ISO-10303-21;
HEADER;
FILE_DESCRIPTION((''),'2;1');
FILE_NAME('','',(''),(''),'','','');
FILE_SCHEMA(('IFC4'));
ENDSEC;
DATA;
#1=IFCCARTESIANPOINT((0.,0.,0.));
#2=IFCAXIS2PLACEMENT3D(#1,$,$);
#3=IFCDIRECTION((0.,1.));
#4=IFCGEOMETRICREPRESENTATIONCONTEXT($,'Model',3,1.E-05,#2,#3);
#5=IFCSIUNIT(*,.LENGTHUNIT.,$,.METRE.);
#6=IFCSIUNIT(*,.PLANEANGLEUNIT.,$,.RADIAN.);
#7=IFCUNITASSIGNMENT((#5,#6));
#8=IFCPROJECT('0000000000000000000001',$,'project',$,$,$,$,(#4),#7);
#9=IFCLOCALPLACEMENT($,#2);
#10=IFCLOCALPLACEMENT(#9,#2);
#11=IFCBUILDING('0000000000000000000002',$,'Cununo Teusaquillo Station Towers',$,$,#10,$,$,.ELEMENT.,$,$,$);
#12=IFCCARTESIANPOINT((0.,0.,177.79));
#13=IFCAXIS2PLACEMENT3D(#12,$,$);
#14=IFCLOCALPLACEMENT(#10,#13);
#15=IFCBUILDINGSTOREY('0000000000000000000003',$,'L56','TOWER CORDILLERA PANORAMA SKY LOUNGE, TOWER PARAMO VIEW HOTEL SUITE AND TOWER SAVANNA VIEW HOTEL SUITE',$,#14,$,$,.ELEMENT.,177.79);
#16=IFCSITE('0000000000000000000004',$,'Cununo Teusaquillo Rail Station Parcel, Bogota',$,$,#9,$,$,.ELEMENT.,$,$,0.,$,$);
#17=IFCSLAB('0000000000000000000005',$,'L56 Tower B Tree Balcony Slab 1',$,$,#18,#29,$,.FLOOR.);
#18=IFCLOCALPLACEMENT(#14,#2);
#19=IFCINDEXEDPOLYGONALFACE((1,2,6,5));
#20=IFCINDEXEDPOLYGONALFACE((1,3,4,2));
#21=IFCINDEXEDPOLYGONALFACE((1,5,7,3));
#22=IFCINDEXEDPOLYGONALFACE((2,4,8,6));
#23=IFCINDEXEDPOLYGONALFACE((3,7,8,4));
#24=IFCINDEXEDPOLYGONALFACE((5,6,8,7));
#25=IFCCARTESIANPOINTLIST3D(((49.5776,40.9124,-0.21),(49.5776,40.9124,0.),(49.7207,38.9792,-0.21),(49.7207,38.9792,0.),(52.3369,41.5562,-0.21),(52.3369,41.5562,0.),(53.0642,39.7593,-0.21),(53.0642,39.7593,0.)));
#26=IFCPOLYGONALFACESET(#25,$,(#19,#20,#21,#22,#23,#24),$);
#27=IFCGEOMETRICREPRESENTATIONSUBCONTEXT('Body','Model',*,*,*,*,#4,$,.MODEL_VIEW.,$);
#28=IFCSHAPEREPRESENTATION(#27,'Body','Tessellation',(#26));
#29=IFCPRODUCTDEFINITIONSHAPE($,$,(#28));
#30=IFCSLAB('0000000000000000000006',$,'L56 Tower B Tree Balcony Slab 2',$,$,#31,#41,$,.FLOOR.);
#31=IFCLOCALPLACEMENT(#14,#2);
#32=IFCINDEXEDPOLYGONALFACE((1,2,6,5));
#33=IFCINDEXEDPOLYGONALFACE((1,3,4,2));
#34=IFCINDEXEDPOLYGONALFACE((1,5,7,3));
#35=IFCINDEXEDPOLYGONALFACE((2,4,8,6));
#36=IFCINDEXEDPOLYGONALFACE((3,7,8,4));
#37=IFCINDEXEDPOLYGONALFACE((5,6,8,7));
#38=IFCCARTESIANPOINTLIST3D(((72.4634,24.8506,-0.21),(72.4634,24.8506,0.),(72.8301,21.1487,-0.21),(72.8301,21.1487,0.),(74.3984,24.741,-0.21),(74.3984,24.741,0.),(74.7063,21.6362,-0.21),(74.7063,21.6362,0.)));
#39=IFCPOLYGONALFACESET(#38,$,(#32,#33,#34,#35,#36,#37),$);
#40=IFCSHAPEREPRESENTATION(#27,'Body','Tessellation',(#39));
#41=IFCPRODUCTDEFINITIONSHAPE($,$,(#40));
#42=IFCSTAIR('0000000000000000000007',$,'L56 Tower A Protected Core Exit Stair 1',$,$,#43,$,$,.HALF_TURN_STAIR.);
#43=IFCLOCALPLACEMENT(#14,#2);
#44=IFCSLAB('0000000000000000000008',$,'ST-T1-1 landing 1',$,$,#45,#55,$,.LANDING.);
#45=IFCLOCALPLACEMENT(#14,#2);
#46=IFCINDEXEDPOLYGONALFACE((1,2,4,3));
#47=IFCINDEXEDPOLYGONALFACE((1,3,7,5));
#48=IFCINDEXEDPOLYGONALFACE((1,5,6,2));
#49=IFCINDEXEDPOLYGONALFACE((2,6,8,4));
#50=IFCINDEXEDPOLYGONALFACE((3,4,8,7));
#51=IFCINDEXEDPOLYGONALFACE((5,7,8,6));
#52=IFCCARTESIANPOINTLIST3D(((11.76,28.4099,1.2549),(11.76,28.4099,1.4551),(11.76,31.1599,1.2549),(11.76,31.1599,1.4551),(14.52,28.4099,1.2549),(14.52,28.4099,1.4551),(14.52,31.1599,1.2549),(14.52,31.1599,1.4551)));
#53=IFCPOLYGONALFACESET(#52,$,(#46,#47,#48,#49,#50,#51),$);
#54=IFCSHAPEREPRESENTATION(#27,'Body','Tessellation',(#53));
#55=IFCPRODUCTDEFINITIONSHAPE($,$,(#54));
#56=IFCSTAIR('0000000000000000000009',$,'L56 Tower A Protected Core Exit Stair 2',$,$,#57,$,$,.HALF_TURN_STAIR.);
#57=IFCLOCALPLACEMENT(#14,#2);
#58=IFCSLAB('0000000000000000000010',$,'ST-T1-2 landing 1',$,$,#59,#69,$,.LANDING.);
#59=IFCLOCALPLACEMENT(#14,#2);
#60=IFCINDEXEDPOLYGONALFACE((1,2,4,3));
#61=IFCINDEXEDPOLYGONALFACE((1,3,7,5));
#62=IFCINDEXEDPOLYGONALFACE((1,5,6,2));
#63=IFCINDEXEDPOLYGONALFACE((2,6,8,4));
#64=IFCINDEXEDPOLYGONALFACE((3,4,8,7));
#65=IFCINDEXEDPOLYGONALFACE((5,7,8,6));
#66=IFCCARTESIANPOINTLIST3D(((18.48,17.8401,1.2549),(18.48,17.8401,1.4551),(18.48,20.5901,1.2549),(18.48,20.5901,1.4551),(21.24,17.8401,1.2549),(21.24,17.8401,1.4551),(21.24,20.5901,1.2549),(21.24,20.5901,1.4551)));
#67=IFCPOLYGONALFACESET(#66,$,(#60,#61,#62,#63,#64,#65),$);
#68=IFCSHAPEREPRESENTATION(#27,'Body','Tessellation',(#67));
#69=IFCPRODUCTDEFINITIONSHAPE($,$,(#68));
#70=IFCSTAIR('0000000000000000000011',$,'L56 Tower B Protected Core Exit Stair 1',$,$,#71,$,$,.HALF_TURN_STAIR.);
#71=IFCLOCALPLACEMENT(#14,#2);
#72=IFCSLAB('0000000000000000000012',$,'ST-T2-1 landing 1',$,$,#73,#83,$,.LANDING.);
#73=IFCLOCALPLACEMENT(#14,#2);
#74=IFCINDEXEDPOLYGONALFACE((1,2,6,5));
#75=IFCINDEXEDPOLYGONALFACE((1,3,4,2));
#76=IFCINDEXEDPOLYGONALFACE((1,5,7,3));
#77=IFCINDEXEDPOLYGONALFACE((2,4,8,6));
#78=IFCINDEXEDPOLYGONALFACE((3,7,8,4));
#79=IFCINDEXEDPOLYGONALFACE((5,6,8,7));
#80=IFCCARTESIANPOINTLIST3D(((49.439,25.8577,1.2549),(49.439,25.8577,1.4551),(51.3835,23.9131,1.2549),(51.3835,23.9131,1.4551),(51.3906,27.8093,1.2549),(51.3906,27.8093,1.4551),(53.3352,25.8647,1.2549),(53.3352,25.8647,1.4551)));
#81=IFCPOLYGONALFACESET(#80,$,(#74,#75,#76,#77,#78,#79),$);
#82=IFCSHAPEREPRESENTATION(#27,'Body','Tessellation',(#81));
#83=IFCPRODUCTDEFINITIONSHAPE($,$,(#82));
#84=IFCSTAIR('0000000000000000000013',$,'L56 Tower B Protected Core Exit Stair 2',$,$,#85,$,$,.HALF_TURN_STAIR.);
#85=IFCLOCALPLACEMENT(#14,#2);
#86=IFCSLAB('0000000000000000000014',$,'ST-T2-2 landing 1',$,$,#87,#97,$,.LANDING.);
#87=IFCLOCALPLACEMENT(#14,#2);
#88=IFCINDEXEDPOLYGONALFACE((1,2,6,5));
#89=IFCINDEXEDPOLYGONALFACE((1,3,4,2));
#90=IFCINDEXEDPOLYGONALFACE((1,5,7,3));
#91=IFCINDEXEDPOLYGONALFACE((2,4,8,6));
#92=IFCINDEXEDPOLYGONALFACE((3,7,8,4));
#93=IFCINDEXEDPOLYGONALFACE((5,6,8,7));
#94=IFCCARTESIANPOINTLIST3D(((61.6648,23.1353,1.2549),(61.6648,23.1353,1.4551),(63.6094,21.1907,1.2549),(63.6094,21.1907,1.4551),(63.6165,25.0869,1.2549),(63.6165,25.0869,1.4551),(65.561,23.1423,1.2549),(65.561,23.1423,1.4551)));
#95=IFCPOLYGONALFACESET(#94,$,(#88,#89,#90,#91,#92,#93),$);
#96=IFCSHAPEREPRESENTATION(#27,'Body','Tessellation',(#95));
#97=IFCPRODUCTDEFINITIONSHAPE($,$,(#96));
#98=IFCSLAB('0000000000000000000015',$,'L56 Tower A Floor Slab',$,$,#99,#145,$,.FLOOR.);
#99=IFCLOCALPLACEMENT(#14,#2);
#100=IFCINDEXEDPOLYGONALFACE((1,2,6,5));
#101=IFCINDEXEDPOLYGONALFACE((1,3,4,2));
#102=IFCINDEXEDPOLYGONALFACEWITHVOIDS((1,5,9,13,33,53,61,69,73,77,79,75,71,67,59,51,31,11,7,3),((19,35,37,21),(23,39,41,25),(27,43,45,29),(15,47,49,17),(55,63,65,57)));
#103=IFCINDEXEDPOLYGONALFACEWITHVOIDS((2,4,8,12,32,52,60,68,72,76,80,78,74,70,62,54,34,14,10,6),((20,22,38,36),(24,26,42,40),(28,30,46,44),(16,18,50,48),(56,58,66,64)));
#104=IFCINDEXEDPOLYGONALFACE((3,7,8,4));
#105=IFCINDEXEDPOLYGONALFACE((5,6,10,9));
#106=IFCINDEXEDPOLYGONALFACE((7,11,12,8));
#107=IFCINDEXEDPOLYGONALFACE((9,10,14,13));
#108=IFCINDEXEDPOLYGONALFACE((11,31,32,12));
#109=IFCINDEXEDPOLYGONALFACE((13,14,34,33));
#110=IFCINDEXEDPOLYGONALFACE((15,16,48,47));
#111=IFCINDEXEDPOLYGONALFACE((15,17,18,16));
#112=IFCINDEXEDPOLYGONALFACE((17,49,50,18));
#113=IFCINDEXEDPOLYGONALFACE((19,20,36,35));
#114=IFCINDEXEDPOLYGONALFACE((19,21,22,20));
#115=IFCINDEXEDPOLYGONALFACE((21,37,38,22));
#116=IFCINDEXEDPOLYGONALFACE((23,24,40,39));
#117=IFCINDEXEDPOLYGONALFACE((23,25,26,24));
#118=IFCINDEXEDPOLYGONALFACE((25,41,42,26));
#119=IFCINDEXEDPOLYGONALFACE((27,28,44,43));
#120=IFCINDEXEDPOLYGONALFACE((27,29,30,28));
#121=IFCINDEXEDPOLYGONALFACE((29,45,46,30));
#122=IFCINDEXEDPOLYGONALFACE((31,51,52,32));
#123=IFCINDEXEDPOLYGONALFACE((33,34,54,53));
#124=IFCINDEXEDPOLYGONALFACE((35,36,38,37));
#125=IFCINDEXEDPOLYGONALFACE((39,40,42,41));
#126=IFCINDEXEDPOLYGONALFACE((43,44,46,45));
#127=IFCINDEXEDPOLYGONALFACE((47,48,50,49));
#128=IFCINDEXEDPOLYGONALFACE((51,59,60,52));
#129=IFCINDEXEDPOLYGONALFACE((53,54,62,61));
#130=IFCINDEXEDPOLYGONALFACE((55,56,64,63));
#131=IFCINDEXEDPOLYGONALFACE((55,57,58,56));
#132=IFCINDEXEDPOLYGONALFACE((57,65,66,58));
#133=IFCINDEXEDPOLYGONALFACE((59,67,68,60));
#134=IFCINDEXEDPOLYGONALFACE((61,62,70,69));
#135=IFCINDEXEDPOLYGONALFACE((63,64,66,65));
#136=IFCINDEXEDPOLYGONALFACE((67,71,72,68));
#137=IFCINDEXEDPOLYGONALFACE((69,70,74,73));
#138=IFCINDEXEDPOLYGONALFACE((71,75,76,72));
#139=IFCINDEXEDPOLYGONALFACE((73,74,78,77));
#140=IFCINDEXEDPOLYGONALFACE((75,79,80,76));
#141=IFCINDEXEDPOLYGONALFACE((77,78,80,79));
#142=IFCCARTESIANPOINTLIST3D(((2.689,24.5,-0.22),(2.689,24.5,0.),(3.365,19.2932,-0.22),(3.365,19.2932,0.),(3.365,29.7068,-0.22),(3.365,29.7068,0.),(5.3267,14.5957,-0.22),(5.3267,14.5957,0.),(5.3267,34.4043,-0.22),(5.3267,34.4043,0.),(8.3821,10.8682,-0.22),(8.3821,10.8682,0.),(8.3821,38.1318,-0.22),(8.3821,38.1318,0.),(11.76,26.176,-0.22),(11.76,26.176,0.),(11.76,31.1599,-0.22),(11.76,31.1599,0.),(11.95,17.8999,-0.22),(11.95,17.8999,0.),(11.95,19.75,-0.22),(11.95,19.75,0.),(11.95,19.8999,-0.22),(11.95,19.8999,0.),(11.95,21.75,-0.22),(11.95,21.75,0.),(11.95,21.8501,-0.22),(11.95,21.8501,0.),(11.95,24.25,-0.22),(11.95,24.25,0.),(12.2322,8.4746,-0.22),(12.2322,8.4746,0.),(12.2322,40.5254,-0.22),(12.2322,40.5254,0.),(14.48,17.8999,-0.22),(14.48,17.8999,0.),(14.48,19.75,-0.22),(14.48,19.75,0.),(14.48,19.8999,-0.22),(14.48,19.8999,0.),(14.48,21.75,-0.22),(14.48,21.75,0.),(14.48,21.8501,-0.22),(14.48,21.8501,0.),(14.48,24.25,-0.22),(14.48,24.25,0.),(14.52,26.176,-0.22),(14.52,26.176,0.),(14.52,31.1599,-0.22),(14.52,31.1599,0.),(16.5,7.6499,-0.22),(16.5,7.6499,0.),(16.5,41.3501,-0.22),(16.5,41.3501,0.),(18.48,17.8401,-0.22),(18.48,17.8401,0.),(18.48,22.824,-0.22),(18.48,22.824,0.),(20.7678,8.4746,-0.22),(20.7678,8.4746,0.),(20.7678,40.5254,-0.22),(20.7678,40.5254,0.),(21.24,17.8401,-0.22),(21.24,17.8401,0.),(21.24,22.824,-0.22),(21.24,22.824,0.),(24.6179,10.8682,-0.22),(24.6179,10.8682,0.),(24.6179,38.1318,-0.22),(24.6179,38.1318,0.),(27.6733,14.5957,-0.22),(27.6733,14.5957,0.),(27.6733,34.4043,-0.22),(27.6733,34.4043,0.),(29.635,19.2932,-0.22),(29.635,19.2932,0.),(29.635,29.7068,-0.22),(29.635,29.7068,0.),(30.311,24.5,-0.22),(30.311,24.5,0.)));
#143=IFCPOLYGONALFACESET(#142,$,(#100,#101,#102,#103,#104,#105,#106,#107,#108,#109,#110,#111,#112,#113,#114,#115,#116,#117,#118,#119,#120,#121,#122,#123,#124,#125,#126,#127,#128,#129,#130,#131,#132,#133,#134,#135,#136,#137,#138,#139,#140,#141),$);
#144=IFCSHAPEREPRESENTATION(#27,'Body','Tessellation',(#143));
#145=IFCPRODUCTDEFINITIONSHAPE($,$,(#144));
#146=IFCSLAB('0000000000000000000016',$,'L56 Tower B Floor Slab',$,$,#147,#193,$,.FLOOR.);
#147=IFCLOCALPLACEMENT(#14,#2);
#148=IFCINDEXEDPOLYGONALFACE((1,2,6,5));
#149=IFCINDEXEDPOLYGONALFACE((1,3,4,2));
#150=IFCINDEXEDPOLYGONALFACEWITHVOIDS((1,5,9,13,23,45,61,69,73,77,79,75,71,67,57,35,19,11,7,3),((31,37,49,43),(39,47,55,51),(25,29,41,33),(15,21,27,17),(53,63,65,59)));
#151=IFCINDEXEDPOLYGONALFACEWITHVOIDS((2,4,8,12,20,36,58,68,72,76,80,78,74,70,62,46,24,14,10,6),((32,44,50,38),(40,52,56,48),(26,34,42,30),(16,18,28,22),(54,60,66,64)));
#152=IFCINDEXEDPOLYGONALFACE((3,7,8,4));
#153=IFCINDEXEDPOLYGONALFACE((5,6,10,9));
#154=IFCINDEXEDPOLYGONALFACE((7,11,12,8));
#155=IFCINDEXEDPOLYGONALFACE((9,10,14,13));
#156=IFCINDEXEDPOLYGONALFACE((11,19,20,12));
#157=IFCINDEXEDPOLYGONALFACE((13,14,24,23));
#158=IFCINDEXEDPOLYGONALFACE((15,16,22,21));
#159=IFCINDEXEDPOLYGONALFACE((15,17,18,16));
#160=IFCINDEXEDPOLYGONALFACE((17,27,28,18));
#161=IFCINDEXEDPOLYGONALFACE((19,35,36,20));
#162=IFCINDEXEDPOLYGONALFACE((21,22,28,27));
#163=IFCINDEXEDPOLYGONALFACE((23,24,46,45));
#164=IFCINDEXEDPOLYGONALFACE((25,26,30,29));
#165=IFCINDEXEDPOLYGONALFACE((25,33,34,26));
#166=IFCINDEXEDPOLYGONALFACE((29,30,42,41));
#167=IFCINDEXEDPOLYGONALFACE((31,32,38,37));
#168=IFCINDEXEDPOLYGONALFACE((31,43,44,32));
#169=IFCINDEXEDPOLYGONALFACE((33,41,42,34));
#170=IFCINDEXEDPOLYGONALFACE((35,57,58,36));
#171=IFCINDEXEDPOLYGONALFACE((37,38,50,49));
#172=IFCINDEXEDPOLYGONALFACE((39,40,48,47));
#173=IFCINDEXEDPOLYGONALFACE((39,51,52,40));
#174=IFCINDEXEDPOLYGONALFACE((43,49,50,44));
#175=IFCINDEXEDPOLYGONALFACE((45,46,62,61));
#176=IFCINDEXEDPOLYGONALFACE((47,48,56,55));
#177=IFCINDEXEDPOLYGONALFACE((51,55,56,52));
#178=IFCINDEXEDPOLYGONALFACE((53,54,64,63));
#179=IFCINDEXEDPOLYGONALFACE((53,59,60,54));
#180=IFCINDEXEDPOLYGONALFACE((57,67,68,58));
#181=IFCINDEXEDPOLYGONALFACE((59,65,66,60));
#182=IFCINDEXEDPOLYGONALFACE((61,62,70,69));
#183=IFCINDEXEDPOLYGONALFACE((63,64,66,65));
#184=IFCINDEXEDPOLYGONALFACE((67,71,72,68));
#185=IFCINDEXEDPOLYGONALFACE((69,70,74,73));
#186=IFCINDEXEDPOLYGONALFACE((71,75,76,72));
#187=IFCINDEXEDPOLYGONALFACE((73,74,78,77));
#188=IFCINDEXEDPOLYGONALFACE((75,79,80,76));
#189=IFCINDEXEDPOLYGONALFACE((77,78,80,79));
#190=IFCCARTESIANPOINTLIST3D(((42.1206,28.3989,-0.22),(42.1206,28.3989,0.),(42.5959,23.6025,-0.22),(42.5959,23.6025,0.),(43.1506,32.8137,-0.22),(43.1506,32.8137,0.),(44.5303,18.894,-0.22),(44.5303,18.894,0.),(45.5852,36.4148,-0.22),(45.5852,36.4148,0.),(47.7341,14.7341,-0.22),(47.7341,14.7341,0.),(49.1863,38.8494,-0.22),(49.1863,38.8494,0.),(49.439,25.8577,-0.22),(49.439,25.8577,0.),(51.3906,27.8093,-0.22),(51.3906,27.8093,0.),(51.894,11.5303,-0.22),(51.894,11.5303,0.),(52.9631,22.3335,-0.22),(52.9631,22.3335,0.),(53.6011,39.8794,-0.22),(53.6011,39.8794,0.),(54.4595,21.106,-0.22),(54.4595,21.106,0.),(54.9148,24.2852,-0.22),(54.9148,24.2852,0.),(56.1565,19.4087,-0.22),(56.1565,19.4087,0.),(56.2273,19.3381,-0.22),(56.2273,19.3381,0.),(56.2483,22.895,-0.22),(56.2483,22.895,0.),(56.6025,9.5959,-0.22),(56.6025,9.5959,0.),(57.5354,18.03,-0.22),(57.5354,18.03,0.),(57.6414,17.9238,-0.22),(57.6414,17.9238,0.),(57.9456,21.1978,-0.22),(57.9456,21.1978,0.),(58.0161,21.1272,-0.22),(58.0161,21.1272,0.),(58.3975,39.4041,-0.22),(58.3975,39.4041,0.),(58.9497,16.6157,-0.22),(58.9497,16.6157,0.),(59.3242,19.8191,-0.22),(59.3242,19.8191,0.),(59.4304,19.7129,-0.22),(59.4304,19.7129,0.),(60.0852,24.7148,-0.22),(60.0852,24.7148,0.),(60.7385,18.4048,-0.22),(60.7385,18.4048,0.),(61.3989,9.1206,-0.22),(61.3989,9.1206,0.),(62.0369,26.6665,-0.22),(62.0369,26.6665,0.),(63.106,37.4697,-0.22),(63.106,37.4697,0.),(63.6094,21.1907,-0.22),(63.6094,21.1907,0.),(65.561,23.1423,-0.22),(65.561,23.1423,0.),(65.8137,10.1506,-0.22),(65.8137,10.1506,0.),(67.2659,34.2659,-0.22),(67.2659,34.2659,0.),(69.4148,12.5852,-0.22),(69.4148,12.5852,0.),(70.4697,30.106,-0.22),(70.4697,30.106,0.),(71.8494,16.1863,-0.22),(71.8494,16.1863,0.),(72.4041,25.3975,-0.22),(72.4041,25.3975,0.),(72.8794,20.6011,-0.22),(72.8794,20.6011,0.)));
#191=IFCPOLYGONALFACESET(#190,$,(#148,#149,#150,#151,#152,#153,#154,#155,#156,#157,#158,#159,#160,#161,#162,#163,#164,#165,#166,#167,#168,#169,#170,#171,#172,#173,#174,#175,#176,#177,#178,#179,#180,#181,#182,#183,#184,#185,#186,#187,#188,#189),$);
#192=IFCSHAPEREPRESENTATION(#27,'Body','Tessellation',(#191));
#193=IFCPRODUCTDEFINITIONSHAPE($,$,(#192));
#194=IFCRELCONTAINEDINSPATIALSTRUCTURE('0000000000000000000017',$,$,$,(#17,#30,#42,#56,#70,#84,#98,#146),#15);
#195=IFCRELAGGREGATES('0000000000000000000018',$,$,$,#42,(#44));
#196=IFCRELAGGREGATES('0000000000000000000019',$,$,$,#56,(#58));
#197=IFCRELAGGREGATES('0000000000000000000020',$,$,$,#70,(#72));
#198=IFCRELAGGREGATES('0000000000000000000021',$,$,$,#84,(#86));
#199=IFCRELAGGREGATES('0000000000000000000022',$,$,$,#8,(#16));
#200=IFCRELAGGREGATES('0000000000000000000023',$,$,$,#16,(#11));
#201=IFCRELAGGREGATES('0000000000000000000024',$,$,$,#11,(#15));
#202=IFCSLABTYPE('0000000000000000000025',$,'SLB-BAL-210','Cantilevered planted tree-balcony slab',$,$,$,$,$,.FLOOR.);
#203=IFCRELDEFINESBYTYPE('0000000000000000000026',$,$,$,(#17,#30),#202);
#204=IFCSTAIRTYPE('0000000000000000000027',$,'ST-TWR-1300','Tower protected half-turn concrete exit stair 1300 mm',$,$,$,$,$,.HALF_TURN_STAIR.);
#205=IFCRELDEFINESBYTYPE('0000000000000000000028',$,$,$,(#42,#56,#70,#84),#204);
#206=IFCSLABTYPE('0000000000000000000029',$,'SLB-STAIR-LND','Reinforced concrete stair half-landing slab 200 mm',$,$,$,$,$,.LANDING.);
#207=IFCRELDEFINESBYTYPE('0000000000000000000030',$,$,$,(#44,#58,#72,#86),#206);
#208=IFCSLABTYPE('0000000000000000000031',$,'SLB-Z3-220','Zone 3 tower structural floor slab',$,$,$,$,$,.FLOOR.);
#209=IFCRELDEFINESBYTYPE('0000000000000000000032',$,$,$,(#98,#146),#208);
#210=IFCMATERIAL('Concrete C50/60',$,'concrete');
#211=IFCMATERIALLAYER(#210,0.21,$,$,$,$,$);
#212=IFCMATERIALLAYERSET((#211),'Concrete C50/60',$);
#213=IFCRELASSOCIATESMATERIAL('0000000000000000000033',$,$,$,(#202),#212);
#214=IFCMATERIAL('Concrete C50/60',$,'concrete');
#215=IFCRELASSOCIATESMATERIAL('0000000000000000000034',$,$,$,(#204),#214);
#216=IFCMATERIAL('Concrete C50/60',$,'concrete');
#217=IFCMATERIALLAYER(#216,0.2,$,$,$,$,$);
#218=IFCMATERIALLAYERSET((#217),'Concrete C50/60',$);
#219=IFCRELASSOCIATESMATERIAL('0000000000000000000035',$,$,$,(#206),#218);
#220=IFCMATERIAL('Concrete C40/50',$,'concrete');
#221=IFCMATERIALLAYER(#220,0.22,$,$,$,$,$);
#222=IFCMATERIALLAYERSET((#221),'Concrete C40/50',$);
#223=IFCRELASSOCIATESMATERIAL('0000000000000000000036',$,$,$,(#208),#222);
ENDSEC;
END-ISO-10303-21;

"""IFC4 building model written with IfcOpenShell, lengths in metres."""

from ifc_helpers import new_model, si_unit, direction, frame, origin, place, context, subcontext, project, spatial, polyline, outline, extrude, material, layer, layer_set, type_object, element, aggregate, save


model = new_model("IFC4")

# Units and contexts
model_context = context("Model", 3, precision=1e-05, world=origin(), true_north=direction((0.0, 1.0)))
body_context = subcontext(model_context, "Body", "Model", "MODEL_VIEW")
ifc_project = project(units=[si_unit("LENGTHUNIT", "METRE"), si_unit("PLANEANGLEUNIT", "RADIAN")], contexts=[model_context])

# Site, building, storey
site_placement = place(None, origin())
site = spatial("IfcSite", under=ifc_project, at=site_placement, Name="Cununo Teusaquillo Rail Station Parcel, Bogota", CompositionType="ELEMENT", RefElevation=0.0)
building_placement = place(site_placement, origin())
building = spatial("IfcBuilding", under=site, at=building_placement, Name="Cununo Teusaquillo Station Towers", CompositionType="ELEMENT")
storey_placement = place(building_placement, frame((0.0, 0.0, 177.79)))
storey = spatial("IfcBuildingStorey", under=building, at=storey_placement, Name="L56", Description="TOWER CORDILLERA PANORAMA SKY LOUNGE, TOWER PARAMO VIEW HOTEL SUITE AND TOWER SAVANNA VIEW HOTEL SUITE", CompositionType="ELEMENT", Elevation=177.79)

# Slabs
ifc_material_1 = material(Name="Concrete C50/60", Category="concrete")
ifc_layer_1 = layer(ifc_material_1, 0.21)
ifc_layer_set_1 = layer_set([ifc_layer_1], Name="Concrete C50/60")
slab_type_1 = type_object("IfcSlabType", Name="SLB-BAL-210", Description="Cantilevered planted tree-balcony slab", PredefinedType="FLOOR", material=ifc_layer_set_1)
slab_1_placement = place(storey_placement, frame((0.0, 0.0, -0.21)))
element("IfcSlab", 1, at=slab_1_placement, inside=storey, type_object=slab_type_1, Name="L56 Tower B Tree Balcony Slab 1", PredefinedType="FLOOR", context=body_context, shape_type="SweptSolid", body=[
    extrude(outline(polyline([(53.0642, 39.7593), (49.7207, 38.9792), (49.5776, 40.9124), (52.3369, 41.5562), (53.0642, 39.7593)])), origin(), (0.0, 0.0, 1.0), 0.21),
])
slab_2_placement = place(storey_placement, frame((0.0, 0.0, -0.21)))
element("IfcSlab", 2, at=slab_2_placement, inside=storey, type_object=slab_type_1, Name="L56 Tower B Tree Balcony Slab 2", PredefinedType="FLOOR", context=body_context, shape_type="SweptSolid", body=[
    extrude(outline(polyline([(72.8301, 21.1487), (72.4634, 24.8506), (74.3984, 24.741), (74.7063, 21.6362), (72.8301, 21.1487)])), origin(), (0.0, 0.0, 1.0), 0.21),
])

# Stairs, slabs
ifc_material_2 = material(Name="Concrete C50/60", Category="concrete")
stair_type = type_object("IfcStairType", Name="ST-TWR-1300", Description="Tower protected half-turn concrete exit stair 1300 mm", PredefinedType="HALF_TURN_STAIR", material=ifc_material_2)
stair_1_placement = place(storey_placement, origin())
stair_1 = element("IfcStair", 3, at=stair_1_placement, inside=storey, type_object=stair_type, Name="L56 Tower A Protected Core Exit Stair 1", PredefinedType="HALF_TURN_STAIR")
ifc_material_3 = material(Name="Concrete C50/60", Category="concrete")
ifc_layer_2 = layer(ifc_material_3, 0.2)
ifc_layer_set_2 = layer_set([ifc_layer_2], Name="Concrete C50/60")
slab_type_2 = type_object("IfcSlabType", Name="SLB-STAIR-LND", Description="Reinforced concrete stair half-landing slab 200 mm", PredefinedType="LANDING", material=ifc_layer_set_2)
slab_3_placement = place(storey_placement, frame((0.0, 0.0, 1.2549)))
slab_3 = element("IfcSlab", 4, at=slab_3_placement, type_object=slab_type_2, Name="ST-T1-1 landing 1", PredefinedType="LANDING", context=body_context, shape_type="SweptSolid", body=[
    extrude(outline(polyline([(14.52, 28.4099), (14.52, 31.1599), (11.76, 31.1599), (11.76, 28.4099), (14.52, 28.4099)])), origin(), (0.0, 0.0, 1.0), 0.2002),
])
aggregate(stair_1, [slab_3])
stair_2_placement = place(storey_placement, origin())
stair_2 = element("IfcStair", 5, at=stair_2_placement, inside=storey, type_object=stair_type, Name="L56 Tower A Protected Core Exit Stair 2", PredefinedType="HALF_TURN_STAIR")
slab_4_placement = place(storey_placement, frame((0.0, 0.0, 1.2549)))
slab_4 = element("IfcSlab", 6, at=slab_4_placement, type_object=slab_type_2, Name="ST-T1-2 landing 1", PredefinedType="LANDING", context=body_context, shape_type="SweptSolid", body=[
    extrude(outline(polyline([(18.48, 20.5901), (18.48, 17.8401), (21.24, 17.8401), (21.24, 20.5901), (18.48, 20.5901)])), origin(), (0.0, 0.0, 1.0), 0.2002),
])
aggregate(stair_2, [slab_4])
stair_3_placement = place(storey_placement, origin())
stair_3 = element("IfcStair", 7, at=stair_3_placement, inside=storey, type_object=stair_type, Name="L56 Tower B Protected Core Exit Stair 1", PredefinedType="HALF_TURN_STAIR")
slab_5_placement = place(storey_placement, frame((0.0, 0.0, 1.2549)))
slab_5 = element("IfcSlab", 8, at=slab_5_placement, type_object=slab_type_2, Name="ST-T2-1 landing 1", PredefinedType="LANDING", context=body_context, shape_type="SweptSolid", body=[
    extrude(outline(polyline([(53.3352, 25.8647), (51.3906, 27.8093), (49.439, 25.8577), (51.3835, 23.9131), (53.3352, 25.8647)])), origin(), (0.0, 0.0, 1.0), 0.2002),
])
aggregate(stair_3, [slab_5])
stair_4_placement = place(storey_placement, origin())
stair_4 = element("IfcStair", 9, at=stair_4_placement, inside=storey, type_object=stair_type, Name="L56 Tower B Protected Core Exit Stair 2", PredefinedType="HALF_TURN_STAIR")
slab_6_placement = place(storey_placement, frame((0.0, 0.0, 1.2549)))
slab_6 = element("IfcSlab", 10, at=slab_6_placement, type_object=slab_type_2, Name="ST-T2-2 landing 1", PredefinedType="LANDING", context=body_context, shape_type="SweptSolid", body=[
    extrude(outline(polyline([(61.6648, 23.1353), (63.6094, 21.1907), (65.561, 23.1423), (63.6165, 25.0869), (61.6648, 23.1353)])), origin(), (0.0, 0.0, 1.0), 0.2002),
])
aggregate(stair_4, [slab_6])

# Slabs
ifc_material_4 = material(Name="Concrete C40/50", Category="concrete")
ifc_layer_3 = layer(ifc_material_4, 0.22)
ifc_layer_set_3 = layer_set([ifc_layer_3], Name="Concrete C40/50")
slab_type_3 = type_object("IfcSlabType", Name="SLB-Z3-220", Description="Zone 3 tower structural floor slab", PredefinedType="FLOOR", material=ifc_layer_set_3)
slab_7_placement = place(storey_placement, frame((0.0, 0.0, -0.22)))
element("IfcSlab", 11, at=slab_7_placement, inside=storey, type_object=slab_type_3, Name="L56 Tower A Floor Slab", PredefinedType="FLOOR", context=body_context, shape_type="SweptSolid", body=[
    extrude(outline(polyline([(30.311, 24.5), (29.635, 29.7068), (27.6733, 34.4043), (24.6179, 38.1318), (20.7678, 40.5254), (16.5, 41.3501), (12.2322, 40.5254), (8.3821, 38.1318), (5.3267, 34.4043), (3.365, 29.7068), (2.689, 24.5), (3.365, 19.2932), (5.3267, 14.5957), (8.3821, 10.8682), (12.2322, 8.4746), (16.5, 7.6499), (20.7678, 8.4746), (24.6179, 10.8682), (27.6733, 14.5957), (29.635, 19.2932), (30.311, 24.5)]), holes=[polyline([(14.52, 26.176), (14.52, 31.1599), (11.76, 31.1599), (11.76, 26.176), (14.52, 26.176)]), polyline([(18.48, 22.824), (18.48, 17.8401), (21.24, 17.8401), (21.24, 22.824), (18.48, 22.824)]), polyline([(11.95, 21.8501), (14.48, 21.8501), (14.48, 24.25), (11.95, 24.25), (11.95, 21.8501)]), polyline([(11.95, 17.8999), (14.48, 17.8999), (14.48, 19.75), (11.95, 19.75), (11.95, 17.8999)]), polyline([(11.95, 19.8999), (14.48, 19.8999), (14.48, 21.75), (11.95, 21.75), (11.95, 19.8999)])]), origin(), (0.0, 0.0, 1.0), 0.22),
])
slab_8_placement = place(storey_placement, frame((0.0, 0.0, -0.22)))
element("IfcSlab", 12, at=slab_8_placement, inside=storey, type_object=slab_type_3, Name="L56 Tower B Floor Slab", PredefinedType="FLOOR", context=body_context, shape_type="SweptSolid", body=[
    extrude(outline(polyline([(67.2659, 34.2659), (63.106, 37.4697), (58.3975, 39.4041), (53.6011, 39.8794), (49.1863, 38.8494), (45.5852, 36.4148), (43.1506, 32.8137), (42.1206, 28.3989), (42.5959, 23.6025), (44.5303, 18.894), (47.7341, 14.7341), (51.894, 11.5303), (56.6025, 9.5959), (61.3989, 9.1206), (65.8137, 10.1506), (69.4148, 12.5852), (71.8494, 16.1863), (72.8794, 20.6011), (72.4041, 25.3975), (70.4697, 30.106), (67.2659, 34.2659)]), holes=[polyline([(54.9148, 24.2852), (51.3906, 27.8093), (49.439, 25.8577), (52.9631, 22.3335), (54.9148, 24.2852)]), polyline([(60.0852, 24.7148), (63.6094, 21.1907), (65.561, 23.1423), (62.0369, 26.6665), (60.0852, 24.7148)]), polyline([(56.1565, 19.4087), (57.9456, 21.1978), (56.2483, 22.895), (54.4595, 21.106), (56.1565, 19.4087)]), polyline([(58.9497, 16.6157), (60.7385, 18.4048), (59.4304, 19.7129), (57.6414, 17.9238), (58.9497, 16.6157)]), polyline([(57.5354, 18.03), (59.3242, 19.8191), (58.0161, 21.1272), (56.2273, 19.3381), (57.5354, 18.03)])]), origin(), (0.0, 0.0, 1.0), 0.22),
])

save(model, "model.ifc")
